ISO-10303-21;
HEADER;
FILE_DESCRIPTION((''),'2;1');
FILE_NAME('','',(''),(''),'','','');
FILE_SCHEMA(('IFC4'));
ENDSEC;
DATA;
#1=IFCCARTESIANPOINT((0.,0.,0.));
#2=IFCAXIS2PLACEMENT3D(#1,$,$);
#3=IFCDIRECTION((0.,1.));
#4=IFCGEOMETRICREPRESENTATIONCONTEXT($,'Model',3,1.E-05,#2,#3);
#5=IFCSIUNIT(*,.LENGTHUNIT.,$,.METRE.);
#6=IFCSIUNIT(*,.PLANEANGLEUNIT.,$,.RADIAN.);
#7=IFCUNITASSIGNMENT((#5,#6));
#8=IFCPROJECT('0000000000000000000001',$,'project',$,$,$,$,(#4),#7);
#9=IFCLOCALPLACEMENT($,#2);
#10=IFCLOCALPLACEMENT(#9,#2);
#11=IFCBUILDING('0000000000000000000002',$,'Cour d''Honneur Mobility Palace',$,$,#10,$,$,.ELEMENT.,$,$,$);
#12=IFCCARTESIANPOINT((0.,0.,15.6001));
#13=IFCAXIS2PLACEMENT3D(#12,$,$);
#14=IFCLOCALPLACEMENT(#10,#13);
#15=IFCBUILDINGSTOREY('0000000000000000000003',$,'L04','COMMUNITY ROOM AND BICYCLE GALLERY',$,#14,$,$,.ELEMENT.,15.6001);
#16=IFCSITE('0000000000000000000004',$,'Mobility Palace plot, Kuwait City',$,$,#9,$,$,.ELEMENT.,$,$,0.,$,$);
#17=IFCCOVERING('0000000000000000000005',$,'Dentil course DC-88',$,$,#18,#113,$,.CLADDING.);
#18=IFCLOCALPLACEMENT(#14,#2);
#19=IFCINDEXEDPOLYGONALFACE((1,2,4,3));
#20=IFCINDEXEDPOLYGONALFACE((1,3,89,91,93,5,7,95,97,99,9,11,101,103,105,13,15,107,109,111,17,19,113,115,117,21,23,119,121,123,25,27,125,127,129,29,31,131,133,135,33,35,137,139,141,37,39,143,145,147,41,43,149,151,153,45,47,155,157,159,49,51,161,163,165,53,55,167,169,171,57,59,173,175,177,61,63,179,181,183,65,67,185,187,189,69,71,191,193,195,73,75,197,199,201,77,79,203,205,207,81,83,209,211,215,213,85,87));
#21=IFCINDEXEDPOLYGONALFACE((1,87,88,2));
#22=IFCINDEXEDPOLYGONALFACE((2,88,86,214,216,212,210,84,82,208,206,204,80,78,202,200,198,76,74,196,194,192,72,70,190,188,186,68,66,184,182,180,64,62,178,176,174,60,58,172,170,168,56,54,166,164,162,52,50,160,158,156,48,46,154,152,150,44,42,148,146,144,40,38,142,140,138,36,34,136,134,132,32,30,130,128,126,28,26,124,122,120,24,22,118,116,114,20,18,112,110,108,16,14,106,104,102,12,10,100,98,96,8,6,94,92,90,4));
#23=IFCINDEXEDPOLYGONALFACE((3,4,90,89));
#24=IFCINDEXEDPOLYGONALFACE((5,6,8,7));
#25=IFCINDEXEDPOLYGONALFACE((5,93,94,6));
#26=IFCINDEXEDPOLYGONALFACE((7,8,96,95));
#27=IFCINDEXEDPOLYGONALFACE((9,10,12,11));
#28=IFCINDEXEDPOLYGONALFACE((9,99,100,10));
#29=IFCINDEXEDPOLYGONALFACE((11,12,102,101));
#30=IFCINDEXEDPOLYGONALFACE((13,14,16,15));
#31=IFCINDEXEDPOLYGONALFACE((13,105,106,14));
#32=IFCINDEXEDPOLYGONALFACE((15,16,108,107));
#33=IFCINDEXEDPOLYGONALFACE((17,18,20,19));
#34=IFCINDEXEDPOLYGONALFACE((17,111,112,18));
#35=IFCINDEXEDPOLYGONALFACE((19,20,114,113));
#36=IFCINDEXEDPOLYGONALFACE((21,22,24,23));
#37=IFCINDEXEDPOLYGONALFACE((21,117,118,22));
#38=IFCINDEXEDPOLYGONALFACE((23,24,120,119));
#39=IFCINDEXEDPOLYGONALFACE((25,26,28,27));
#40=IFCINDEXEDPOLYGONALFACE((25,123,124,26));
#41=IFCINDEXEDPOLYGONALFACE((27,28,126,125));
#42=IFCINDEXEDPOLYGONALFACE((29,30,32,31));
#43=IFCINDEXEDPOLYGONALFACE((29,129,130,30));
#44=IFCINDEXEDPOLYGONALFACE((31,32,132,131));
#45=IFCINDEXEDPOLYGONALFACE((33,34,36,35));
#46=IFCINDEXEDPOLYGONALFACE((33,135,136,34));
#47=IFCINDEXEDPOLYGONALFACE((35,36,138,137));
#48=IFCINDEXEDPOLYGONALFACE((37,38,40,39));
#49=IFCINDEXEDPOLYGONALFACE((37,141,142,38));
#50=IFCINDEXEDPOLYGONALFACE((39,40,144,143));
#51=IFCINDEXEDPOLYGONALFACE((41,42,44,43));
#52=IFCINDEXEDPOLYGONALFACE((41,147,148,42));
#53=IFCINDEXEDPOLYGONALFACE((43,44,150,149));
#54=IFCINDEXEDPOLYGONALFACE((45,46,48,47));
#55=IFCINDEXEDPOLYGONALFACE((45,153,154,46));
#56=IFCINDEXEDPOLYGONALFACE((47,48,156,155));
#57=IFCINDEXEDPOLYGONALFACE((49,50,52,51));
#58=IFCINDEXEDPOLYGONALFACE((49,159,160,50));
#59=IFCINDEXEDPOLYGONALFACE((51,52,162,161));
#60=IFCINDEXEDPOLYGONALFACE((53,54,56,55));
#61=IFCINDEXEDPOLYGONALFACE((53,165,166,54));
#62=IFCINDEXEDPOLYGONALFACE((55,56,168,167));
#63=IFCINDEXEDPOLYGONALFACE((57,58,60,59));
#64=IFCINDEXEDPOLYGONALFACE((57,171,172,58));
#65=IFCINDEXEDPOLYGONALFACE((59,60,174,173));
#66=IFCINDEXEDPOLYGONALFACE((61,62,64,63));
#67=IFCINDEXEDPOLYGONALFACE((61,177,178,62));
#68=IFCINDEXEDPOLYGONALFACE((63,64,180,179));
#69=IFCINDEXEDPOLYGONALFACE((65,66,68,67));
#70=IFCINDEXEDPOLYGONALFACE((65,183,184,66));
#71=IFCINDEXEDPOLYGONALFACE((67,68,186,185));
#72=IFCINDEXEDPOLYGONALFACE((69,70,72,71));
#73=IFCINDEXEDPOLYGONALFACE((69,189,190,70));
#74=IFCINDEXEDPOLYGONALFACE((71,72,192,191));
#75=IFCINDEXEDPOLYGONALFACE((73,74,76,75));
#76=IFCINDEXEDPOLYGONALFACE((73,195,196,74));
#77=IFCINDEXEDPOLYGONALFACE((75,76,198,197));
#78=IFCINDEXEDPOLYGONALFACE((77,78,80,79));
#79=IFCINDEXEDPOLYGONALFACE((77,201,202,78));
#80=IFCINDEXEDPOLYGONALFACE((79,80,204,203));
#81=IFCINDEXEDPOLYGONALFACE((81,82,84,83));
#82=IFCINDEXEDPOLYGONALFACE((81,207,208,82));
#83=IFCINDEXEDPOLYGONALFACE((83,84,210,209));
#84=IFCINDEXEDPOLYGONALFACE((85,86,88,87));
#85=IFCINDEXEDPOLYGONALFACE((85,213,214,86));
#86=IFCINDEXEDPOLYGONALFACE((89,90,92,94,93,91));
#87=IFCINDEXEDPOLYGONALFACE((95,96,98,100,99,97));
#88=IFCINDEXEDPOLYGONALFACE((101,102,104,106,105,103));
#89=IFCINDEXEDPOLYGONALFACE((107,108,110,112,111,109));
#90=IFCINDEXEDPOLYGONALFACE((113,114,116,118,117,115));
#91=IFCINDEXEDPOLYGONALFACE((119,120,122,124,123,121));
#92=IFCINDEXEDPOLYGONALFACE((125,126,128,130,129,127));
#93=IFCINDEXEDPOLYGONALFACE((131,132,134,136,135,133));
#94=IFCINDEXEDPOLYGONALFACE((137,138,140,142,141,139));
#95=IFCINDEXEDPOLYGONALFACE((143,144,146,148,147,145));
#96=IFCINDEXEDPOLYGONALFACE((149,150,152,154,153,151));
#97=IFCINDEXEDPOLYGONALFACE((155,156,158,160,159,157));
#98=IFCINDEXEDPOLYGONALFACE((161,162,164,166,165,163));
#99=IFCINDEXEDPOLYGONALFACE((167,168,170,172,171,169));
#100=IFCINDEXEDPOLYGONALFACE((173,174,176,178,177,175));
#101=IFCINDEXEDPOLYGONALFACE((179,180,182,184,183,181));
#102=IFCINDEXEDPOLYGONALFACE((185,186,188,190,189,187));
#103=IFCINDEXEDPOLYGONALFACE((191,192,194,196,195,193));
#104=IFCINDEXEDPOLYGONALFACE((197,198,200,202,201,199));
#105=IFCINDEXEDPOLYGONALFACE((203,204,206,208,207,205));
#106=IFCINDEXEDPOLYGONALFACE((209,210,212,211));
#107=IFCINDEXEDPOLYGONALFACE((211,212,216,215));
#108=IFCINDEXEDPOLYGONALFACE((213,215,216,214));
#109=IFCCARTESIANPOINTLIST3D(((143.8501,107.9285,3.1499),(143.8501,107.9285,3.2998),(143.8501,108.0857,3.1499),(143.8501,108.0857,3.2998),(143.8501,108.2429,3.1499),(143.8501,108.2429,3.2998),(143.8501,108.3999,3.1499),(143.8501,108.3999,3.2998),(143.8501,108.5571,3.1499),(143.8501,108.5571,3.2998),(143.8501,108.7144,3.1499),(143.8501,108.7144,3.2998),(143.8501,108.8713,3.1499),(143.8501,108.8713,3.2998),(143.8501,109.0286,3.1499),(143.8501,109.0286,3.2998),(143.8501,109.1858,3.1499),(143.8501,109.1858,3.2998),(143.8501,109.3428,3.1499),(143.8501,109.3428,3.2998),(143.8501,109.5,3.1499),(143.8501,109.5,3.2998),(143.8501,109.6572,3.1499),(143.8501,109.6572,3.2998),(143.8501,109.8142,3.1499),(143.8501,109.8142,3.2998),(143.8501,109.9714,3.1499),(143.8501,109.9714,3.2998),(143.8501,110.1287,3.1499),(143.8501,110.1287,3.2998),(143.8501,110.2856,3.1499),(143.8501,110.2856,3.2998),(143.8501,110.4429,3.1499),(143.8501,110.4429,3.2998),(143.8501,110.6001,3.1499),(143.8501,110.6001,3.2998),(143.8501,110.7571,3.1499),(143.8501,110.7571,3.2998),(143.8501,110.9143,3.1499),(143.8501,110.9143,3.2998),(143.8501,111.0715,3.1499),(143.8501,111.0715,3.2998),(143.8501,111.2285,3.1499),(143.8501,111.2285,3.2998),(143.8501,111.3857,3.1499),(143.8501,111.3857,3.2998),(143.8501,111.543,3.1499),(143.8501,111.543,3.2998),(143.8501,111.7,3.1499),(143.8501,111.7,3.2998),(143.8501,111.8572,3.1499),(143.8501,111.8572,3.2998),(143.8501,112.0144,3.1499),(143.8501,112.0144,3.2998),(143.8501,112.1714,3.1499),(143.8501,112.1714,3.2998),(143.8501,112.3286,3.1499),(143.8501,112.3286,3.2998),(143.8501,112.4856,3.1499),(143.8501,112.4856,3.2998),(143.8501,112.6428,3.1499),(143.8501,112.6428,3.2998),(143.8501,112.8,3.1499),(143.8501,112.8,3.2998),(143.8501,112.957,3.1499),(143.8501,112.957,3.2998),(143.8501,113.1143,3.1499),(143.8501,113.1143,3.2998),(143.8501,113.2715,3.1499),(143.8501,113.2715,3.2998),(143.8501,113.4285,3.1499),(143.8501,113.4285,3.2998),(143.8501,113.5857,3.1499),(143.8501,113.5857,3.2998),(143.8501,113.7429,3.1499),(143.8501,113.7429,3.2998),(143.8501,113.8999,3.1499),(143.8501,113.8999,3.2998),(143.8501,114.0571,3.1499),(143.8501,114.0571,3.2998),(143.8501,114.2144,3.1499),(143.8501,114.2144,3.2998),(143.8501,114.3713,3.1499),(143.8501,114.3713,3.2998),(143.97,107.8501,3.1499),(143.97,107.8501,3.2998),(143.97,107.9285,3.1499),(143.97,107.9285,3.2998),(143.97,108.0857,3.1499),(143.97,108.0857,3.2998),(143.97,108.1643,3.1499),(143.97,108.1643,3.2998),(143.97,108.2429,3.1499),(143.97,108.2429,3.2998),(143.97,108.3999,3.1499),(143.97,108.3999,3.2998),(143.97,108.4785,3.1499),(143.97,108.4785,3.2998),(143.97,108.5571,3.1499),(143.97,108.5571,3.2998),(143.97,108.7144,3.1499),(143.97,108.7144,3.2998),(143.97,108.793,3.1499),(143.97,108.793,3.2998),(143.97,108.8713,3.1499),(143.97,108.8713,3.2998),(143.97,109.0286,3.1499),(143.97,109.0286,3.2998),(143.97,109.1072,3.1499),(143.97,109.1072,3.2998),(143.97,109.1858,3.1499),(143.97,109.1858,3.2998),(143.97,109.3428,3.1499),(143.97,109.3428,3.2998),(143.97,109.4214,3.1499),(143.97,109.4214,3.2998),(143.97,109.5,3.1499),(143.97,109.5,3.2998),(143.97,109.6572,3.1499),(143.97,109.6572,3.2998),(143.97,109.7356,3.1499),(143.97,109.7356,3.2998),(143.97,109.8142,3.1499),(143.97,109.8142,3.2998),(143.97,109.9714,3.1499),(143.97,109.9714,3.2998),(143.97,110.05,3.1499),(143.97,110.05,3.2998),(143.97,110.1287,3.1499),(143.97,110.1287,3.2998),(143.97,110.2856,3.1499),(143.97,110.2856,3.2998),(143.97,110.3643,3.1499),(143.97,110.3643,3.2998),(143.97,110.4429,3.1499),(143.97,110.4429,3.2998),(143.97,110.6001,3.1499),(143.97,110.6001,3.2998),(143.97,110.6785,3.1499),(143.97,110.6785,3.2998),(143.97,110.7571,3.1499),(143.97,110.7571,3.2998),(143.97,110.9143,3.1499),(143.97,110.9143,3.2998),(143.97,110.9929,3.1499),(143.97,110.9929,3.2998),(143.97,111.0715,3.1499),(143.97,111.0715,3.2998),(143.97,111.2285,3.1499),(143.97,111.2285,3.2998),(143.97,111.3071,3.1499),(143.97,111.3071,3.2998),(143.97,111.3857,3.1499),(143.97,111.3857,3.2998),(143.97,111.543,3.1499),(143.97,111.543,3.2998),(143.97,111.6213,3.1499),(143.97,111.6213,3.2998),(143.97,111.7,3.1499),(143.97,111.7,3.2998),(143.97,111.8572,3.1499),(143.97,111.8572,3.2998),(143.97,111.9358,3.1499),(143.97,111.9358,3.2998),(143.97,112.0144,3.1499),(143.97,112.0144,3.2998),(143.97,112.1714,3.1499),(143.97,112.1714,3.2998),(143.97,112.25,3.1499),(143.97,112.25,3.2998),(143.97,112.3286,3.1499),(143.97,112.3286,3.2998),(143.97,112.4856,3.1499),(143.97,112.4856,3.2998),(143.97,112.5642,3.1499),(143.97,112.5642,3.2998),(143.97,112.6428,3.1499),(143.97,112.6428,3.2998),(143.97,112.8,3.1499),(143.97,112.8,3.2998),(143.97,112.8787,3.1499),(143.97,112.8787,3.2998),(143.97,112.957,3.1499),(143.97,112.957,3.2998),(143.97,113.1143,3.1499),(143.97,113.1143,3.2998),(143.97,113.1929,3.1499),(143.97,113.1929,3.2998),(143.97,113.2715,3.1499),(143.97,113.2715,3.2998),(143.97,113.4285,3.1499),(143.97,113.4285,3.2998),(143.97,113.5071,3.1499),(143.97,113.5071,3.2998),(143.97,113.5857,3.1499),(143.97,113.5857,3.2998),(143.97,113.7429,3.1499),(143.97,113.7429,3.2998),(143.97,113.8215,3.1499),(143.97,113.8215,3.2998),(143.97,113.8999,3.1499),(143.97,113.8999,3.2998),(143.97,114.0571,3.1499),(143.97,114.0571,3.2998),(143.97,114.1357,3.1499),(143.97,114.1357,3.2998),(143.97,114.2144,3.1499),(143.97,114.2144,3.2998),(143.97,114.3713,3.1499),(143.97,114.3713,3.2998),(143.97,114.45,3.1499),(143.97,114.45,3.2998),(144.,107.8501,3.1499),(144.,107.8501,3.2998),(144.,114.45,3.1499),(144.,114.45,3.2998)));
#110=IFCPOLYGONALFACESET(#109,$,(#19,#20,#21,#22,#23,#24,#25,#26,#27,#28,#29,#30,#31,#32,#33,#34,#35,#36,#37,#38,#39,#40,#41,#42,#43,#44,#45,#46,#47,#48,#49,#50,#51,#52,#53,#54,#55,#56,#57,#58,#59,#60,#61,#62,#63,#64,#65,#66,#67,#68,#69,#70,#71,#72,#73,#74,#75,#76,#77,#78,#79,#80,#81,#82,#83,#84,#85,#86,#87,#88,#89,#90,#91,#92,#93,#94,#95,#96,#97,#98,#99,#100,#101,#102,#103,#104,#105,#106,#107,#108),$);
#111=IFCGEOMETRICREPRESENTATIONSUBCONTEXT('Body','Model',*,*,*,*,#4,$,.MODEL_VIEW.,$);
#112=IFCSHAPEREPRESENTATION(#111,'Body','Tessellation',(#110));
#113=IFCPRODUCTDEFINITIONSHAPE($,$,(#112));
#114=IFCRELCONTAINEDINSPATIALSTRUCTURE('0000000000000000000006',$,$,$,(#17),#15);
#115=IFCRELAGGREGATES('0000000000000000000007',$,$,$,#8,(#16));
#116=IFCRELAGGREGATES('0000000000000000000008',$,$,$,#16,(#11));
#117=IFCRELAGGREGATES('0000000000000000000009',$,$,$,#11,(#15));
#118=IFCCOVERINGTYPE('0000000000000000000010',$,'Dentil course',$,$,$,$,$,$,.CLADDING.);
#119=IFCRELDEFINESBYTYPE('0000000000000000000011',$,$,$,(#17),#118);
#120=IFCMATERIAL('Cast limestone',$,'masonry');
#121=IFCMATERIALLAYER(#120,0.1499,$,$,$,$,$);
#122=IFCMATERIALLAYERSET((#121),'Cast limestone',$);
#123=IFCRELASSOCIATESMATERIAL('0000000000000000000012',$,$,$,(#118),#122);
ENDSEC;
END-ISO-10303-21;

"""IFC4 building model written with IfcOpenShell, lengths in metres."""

from ifc_helpers import new_model, si_unit, direction, frame, origin, place, context, subcontext, project, spatial, polyline, outline, extrude, material, layer, layer_set, type_object, element, save


model = new_model("IFC4")

# Units and contexts
model_context = context("Model", 3, precision=1e-05, world=origin(), true_north=direction((0.0, 1.0)))
body_context = subcontext(model_context, "Body", "Model", "MODEL_VIEW")
ifc_project = project(units=[si_unit("LENGTHUNIT", "METRE"), si_unit("PLANEANGLEUNIT", "RADIAN")], contexts=[model_context])

# Site, building, storey
site_placement = place(None, origin())
site = spatial("IfcSite", under=ifc_project, at=site_placement, Name="Mobility Palace plot, Kuwait City", CompositionType="ELEMENT", RefElevation=0.0)
building_placement = place(site_placement, origin())
building = spatial("IfcBuilding", under=site, at=building_placement, Name="Cour d'Honneur Mobility Palace", CompositionType="ELEMENT")
storey_placement = place(building_placement, frame((0.0, 0.0, 15.6001)))
storey = spatial("IfcBuildingStorey", under=building, at=storey_placement, Name="L04", Description="COMMUNITY ROOM AND BICYCLE GALLERY", CompositionType="ELEMENT", Elevation=15.6001)

# Covering
ifc_material = material(Name="Cast limestone", Category="masonry")
ifc_layer = layer(ifc_material, 0.1499)
ifc_layer_set = layer_set([ifc_layer], Name="Cast limestone")
covering_type = type_object("IfcCoveringType", Name="Dentil course", PredefinedType="CLADDING", material=ifc_layer_set)
covering_1_placement = place(storey_placement, frame((0.0, 0.0, 3.1499)))
element("IfcCovering", 1, at=covering_1_placement, inside=storey, type_object=covering_type, Name="Dentil course DC-88", PredefinedType="CLADDING", context=body_context, shape_type="SweptSolid", body=[
    extrude(outline(polyline([(144.0, 114.45), (144.0, 107.8501), (143.97, 107.8501), (143.97, 107.8501), (143.97, 107.9285), (143.8501, 107.9285), (143.8501, 108.0857), (143.97, 108.0857), (143.97, 108.1643), (143.97, 108.1643), (143.97, 108.2429), (143.8501, 108.2429), (143.8501, 108.3999), (143.97, 108.3999), (143.97, 108.4785), (143.97, 108.4785), (143.97, 108.5571), (143.8501, 108.5571), (143.8501, 108.7144), (143.97, 108.7144), (143.97, 108.793), (143.97, 108.793), (143.97, 108.8713), (143.8501, 108.8713), (143.8501, 109.0286), (143.97, 109.0286), (143.97, 109.1072), (143.97, 109.1072), (143.97, 109.1858), (143.8501, 109.1858), (143.8501, 109.3428), (143.97, 109.3428), (143.97, 109.4214), (143.97, 109.4214), (143.97, 109.5), (143.8501, 109.5), (143.8501, 109.6572), (143.97, 109.6572), (143.97, 109.7356), (143.97, 109.7356), (143.97, 109.8142), (143.8501, 109.8142), (143.8501, 109.9714), (143.97, 109.9714), (143.97, 110.05), (143.97, 110.05), (143.97, 110.1287), (143.8501, 110.1287), (143.8501, 110.2856), (143.97, 110.2856), (143.97, 110.3643), (143.97, 110.3643), (143.97, 110.4429), (143.8501, 110.4429), (143.8501, 110.6001), (143.97, 110.6001), (143.97, 110.6785), (143.97, 110.6785), (143.97, 110.7571), (143.8501, 110.7571), (143.8501, 110.9143), (143.97, 110.9143), (143.97, 110.9929), (143.97, 110.9929), (143.97, 111.0715), (143.8501, 111.0715), (143.8501, 111.2285), (143.97, 111.2285), (143.97, 111.3071), (143.97, 111.3071), (143.97, 111.3857), (143.8501, 111.3857), (143.8501, 111.543), (143.97, 111.543), (143.97, 111.6213), (143.97, 111.6213), (143.97, 111.7), (143.8501, 111.7), (143.8501, 111.8572), (143.97, 111.8572), (143.97, 111.9358), (143.97, 111.9358), (143.97, 112.0144), (143.8501, 112.0144), (143.8501, 112.1714), (143.97, 112.1714), (143.97, 112.25), (143.97, 112.25), (143.97, 112.3286), (143.8501, 112.3286), (143.8501, 112.4856), (143.97, 112.4856), (143.97, 112.5642), (143.97, 112.5642), (143.97, 112.6428), (143.8501, 112.6428), (143.8501, 112.8), (143.97, 112.8), (143.97, 112.8787), (143.97, 112.8787), (143.97, 112.957), (143.8501, 112.957), (143.8501, 113.1143), (143.97, 113.1143), (143.97, 113.1929), (143.97, 113.1929), (143.97, 113.2715), (143.8501, 113.2715), (143.8501, 113.4285), (143.97, 113.4285), (143.97, 113.5071), (143.97, 113.5071), (143.97, 113.5857), (143.8501, 113.5857), (143.8501, 113.7429), (143.97, 113.7429), (143.97, 113.8215), (143.97, 113.8215), (143.97, 113.8999), (143.8501, 113.8999), (143.8501, 114.0571), (143.97, 114.0571), (143.97, 114.1357), (143.97, 114.1357), (143.97, 114.2144), (143.8501, 114.2144), (143.8501, 114.3713), (143.97, 114.3713), (143.97, 114.45), (144.0, 114.45)])), origin(), (0.0, 0.0, 1.0), 0.1499),
])

save(model, "model.ifc")
